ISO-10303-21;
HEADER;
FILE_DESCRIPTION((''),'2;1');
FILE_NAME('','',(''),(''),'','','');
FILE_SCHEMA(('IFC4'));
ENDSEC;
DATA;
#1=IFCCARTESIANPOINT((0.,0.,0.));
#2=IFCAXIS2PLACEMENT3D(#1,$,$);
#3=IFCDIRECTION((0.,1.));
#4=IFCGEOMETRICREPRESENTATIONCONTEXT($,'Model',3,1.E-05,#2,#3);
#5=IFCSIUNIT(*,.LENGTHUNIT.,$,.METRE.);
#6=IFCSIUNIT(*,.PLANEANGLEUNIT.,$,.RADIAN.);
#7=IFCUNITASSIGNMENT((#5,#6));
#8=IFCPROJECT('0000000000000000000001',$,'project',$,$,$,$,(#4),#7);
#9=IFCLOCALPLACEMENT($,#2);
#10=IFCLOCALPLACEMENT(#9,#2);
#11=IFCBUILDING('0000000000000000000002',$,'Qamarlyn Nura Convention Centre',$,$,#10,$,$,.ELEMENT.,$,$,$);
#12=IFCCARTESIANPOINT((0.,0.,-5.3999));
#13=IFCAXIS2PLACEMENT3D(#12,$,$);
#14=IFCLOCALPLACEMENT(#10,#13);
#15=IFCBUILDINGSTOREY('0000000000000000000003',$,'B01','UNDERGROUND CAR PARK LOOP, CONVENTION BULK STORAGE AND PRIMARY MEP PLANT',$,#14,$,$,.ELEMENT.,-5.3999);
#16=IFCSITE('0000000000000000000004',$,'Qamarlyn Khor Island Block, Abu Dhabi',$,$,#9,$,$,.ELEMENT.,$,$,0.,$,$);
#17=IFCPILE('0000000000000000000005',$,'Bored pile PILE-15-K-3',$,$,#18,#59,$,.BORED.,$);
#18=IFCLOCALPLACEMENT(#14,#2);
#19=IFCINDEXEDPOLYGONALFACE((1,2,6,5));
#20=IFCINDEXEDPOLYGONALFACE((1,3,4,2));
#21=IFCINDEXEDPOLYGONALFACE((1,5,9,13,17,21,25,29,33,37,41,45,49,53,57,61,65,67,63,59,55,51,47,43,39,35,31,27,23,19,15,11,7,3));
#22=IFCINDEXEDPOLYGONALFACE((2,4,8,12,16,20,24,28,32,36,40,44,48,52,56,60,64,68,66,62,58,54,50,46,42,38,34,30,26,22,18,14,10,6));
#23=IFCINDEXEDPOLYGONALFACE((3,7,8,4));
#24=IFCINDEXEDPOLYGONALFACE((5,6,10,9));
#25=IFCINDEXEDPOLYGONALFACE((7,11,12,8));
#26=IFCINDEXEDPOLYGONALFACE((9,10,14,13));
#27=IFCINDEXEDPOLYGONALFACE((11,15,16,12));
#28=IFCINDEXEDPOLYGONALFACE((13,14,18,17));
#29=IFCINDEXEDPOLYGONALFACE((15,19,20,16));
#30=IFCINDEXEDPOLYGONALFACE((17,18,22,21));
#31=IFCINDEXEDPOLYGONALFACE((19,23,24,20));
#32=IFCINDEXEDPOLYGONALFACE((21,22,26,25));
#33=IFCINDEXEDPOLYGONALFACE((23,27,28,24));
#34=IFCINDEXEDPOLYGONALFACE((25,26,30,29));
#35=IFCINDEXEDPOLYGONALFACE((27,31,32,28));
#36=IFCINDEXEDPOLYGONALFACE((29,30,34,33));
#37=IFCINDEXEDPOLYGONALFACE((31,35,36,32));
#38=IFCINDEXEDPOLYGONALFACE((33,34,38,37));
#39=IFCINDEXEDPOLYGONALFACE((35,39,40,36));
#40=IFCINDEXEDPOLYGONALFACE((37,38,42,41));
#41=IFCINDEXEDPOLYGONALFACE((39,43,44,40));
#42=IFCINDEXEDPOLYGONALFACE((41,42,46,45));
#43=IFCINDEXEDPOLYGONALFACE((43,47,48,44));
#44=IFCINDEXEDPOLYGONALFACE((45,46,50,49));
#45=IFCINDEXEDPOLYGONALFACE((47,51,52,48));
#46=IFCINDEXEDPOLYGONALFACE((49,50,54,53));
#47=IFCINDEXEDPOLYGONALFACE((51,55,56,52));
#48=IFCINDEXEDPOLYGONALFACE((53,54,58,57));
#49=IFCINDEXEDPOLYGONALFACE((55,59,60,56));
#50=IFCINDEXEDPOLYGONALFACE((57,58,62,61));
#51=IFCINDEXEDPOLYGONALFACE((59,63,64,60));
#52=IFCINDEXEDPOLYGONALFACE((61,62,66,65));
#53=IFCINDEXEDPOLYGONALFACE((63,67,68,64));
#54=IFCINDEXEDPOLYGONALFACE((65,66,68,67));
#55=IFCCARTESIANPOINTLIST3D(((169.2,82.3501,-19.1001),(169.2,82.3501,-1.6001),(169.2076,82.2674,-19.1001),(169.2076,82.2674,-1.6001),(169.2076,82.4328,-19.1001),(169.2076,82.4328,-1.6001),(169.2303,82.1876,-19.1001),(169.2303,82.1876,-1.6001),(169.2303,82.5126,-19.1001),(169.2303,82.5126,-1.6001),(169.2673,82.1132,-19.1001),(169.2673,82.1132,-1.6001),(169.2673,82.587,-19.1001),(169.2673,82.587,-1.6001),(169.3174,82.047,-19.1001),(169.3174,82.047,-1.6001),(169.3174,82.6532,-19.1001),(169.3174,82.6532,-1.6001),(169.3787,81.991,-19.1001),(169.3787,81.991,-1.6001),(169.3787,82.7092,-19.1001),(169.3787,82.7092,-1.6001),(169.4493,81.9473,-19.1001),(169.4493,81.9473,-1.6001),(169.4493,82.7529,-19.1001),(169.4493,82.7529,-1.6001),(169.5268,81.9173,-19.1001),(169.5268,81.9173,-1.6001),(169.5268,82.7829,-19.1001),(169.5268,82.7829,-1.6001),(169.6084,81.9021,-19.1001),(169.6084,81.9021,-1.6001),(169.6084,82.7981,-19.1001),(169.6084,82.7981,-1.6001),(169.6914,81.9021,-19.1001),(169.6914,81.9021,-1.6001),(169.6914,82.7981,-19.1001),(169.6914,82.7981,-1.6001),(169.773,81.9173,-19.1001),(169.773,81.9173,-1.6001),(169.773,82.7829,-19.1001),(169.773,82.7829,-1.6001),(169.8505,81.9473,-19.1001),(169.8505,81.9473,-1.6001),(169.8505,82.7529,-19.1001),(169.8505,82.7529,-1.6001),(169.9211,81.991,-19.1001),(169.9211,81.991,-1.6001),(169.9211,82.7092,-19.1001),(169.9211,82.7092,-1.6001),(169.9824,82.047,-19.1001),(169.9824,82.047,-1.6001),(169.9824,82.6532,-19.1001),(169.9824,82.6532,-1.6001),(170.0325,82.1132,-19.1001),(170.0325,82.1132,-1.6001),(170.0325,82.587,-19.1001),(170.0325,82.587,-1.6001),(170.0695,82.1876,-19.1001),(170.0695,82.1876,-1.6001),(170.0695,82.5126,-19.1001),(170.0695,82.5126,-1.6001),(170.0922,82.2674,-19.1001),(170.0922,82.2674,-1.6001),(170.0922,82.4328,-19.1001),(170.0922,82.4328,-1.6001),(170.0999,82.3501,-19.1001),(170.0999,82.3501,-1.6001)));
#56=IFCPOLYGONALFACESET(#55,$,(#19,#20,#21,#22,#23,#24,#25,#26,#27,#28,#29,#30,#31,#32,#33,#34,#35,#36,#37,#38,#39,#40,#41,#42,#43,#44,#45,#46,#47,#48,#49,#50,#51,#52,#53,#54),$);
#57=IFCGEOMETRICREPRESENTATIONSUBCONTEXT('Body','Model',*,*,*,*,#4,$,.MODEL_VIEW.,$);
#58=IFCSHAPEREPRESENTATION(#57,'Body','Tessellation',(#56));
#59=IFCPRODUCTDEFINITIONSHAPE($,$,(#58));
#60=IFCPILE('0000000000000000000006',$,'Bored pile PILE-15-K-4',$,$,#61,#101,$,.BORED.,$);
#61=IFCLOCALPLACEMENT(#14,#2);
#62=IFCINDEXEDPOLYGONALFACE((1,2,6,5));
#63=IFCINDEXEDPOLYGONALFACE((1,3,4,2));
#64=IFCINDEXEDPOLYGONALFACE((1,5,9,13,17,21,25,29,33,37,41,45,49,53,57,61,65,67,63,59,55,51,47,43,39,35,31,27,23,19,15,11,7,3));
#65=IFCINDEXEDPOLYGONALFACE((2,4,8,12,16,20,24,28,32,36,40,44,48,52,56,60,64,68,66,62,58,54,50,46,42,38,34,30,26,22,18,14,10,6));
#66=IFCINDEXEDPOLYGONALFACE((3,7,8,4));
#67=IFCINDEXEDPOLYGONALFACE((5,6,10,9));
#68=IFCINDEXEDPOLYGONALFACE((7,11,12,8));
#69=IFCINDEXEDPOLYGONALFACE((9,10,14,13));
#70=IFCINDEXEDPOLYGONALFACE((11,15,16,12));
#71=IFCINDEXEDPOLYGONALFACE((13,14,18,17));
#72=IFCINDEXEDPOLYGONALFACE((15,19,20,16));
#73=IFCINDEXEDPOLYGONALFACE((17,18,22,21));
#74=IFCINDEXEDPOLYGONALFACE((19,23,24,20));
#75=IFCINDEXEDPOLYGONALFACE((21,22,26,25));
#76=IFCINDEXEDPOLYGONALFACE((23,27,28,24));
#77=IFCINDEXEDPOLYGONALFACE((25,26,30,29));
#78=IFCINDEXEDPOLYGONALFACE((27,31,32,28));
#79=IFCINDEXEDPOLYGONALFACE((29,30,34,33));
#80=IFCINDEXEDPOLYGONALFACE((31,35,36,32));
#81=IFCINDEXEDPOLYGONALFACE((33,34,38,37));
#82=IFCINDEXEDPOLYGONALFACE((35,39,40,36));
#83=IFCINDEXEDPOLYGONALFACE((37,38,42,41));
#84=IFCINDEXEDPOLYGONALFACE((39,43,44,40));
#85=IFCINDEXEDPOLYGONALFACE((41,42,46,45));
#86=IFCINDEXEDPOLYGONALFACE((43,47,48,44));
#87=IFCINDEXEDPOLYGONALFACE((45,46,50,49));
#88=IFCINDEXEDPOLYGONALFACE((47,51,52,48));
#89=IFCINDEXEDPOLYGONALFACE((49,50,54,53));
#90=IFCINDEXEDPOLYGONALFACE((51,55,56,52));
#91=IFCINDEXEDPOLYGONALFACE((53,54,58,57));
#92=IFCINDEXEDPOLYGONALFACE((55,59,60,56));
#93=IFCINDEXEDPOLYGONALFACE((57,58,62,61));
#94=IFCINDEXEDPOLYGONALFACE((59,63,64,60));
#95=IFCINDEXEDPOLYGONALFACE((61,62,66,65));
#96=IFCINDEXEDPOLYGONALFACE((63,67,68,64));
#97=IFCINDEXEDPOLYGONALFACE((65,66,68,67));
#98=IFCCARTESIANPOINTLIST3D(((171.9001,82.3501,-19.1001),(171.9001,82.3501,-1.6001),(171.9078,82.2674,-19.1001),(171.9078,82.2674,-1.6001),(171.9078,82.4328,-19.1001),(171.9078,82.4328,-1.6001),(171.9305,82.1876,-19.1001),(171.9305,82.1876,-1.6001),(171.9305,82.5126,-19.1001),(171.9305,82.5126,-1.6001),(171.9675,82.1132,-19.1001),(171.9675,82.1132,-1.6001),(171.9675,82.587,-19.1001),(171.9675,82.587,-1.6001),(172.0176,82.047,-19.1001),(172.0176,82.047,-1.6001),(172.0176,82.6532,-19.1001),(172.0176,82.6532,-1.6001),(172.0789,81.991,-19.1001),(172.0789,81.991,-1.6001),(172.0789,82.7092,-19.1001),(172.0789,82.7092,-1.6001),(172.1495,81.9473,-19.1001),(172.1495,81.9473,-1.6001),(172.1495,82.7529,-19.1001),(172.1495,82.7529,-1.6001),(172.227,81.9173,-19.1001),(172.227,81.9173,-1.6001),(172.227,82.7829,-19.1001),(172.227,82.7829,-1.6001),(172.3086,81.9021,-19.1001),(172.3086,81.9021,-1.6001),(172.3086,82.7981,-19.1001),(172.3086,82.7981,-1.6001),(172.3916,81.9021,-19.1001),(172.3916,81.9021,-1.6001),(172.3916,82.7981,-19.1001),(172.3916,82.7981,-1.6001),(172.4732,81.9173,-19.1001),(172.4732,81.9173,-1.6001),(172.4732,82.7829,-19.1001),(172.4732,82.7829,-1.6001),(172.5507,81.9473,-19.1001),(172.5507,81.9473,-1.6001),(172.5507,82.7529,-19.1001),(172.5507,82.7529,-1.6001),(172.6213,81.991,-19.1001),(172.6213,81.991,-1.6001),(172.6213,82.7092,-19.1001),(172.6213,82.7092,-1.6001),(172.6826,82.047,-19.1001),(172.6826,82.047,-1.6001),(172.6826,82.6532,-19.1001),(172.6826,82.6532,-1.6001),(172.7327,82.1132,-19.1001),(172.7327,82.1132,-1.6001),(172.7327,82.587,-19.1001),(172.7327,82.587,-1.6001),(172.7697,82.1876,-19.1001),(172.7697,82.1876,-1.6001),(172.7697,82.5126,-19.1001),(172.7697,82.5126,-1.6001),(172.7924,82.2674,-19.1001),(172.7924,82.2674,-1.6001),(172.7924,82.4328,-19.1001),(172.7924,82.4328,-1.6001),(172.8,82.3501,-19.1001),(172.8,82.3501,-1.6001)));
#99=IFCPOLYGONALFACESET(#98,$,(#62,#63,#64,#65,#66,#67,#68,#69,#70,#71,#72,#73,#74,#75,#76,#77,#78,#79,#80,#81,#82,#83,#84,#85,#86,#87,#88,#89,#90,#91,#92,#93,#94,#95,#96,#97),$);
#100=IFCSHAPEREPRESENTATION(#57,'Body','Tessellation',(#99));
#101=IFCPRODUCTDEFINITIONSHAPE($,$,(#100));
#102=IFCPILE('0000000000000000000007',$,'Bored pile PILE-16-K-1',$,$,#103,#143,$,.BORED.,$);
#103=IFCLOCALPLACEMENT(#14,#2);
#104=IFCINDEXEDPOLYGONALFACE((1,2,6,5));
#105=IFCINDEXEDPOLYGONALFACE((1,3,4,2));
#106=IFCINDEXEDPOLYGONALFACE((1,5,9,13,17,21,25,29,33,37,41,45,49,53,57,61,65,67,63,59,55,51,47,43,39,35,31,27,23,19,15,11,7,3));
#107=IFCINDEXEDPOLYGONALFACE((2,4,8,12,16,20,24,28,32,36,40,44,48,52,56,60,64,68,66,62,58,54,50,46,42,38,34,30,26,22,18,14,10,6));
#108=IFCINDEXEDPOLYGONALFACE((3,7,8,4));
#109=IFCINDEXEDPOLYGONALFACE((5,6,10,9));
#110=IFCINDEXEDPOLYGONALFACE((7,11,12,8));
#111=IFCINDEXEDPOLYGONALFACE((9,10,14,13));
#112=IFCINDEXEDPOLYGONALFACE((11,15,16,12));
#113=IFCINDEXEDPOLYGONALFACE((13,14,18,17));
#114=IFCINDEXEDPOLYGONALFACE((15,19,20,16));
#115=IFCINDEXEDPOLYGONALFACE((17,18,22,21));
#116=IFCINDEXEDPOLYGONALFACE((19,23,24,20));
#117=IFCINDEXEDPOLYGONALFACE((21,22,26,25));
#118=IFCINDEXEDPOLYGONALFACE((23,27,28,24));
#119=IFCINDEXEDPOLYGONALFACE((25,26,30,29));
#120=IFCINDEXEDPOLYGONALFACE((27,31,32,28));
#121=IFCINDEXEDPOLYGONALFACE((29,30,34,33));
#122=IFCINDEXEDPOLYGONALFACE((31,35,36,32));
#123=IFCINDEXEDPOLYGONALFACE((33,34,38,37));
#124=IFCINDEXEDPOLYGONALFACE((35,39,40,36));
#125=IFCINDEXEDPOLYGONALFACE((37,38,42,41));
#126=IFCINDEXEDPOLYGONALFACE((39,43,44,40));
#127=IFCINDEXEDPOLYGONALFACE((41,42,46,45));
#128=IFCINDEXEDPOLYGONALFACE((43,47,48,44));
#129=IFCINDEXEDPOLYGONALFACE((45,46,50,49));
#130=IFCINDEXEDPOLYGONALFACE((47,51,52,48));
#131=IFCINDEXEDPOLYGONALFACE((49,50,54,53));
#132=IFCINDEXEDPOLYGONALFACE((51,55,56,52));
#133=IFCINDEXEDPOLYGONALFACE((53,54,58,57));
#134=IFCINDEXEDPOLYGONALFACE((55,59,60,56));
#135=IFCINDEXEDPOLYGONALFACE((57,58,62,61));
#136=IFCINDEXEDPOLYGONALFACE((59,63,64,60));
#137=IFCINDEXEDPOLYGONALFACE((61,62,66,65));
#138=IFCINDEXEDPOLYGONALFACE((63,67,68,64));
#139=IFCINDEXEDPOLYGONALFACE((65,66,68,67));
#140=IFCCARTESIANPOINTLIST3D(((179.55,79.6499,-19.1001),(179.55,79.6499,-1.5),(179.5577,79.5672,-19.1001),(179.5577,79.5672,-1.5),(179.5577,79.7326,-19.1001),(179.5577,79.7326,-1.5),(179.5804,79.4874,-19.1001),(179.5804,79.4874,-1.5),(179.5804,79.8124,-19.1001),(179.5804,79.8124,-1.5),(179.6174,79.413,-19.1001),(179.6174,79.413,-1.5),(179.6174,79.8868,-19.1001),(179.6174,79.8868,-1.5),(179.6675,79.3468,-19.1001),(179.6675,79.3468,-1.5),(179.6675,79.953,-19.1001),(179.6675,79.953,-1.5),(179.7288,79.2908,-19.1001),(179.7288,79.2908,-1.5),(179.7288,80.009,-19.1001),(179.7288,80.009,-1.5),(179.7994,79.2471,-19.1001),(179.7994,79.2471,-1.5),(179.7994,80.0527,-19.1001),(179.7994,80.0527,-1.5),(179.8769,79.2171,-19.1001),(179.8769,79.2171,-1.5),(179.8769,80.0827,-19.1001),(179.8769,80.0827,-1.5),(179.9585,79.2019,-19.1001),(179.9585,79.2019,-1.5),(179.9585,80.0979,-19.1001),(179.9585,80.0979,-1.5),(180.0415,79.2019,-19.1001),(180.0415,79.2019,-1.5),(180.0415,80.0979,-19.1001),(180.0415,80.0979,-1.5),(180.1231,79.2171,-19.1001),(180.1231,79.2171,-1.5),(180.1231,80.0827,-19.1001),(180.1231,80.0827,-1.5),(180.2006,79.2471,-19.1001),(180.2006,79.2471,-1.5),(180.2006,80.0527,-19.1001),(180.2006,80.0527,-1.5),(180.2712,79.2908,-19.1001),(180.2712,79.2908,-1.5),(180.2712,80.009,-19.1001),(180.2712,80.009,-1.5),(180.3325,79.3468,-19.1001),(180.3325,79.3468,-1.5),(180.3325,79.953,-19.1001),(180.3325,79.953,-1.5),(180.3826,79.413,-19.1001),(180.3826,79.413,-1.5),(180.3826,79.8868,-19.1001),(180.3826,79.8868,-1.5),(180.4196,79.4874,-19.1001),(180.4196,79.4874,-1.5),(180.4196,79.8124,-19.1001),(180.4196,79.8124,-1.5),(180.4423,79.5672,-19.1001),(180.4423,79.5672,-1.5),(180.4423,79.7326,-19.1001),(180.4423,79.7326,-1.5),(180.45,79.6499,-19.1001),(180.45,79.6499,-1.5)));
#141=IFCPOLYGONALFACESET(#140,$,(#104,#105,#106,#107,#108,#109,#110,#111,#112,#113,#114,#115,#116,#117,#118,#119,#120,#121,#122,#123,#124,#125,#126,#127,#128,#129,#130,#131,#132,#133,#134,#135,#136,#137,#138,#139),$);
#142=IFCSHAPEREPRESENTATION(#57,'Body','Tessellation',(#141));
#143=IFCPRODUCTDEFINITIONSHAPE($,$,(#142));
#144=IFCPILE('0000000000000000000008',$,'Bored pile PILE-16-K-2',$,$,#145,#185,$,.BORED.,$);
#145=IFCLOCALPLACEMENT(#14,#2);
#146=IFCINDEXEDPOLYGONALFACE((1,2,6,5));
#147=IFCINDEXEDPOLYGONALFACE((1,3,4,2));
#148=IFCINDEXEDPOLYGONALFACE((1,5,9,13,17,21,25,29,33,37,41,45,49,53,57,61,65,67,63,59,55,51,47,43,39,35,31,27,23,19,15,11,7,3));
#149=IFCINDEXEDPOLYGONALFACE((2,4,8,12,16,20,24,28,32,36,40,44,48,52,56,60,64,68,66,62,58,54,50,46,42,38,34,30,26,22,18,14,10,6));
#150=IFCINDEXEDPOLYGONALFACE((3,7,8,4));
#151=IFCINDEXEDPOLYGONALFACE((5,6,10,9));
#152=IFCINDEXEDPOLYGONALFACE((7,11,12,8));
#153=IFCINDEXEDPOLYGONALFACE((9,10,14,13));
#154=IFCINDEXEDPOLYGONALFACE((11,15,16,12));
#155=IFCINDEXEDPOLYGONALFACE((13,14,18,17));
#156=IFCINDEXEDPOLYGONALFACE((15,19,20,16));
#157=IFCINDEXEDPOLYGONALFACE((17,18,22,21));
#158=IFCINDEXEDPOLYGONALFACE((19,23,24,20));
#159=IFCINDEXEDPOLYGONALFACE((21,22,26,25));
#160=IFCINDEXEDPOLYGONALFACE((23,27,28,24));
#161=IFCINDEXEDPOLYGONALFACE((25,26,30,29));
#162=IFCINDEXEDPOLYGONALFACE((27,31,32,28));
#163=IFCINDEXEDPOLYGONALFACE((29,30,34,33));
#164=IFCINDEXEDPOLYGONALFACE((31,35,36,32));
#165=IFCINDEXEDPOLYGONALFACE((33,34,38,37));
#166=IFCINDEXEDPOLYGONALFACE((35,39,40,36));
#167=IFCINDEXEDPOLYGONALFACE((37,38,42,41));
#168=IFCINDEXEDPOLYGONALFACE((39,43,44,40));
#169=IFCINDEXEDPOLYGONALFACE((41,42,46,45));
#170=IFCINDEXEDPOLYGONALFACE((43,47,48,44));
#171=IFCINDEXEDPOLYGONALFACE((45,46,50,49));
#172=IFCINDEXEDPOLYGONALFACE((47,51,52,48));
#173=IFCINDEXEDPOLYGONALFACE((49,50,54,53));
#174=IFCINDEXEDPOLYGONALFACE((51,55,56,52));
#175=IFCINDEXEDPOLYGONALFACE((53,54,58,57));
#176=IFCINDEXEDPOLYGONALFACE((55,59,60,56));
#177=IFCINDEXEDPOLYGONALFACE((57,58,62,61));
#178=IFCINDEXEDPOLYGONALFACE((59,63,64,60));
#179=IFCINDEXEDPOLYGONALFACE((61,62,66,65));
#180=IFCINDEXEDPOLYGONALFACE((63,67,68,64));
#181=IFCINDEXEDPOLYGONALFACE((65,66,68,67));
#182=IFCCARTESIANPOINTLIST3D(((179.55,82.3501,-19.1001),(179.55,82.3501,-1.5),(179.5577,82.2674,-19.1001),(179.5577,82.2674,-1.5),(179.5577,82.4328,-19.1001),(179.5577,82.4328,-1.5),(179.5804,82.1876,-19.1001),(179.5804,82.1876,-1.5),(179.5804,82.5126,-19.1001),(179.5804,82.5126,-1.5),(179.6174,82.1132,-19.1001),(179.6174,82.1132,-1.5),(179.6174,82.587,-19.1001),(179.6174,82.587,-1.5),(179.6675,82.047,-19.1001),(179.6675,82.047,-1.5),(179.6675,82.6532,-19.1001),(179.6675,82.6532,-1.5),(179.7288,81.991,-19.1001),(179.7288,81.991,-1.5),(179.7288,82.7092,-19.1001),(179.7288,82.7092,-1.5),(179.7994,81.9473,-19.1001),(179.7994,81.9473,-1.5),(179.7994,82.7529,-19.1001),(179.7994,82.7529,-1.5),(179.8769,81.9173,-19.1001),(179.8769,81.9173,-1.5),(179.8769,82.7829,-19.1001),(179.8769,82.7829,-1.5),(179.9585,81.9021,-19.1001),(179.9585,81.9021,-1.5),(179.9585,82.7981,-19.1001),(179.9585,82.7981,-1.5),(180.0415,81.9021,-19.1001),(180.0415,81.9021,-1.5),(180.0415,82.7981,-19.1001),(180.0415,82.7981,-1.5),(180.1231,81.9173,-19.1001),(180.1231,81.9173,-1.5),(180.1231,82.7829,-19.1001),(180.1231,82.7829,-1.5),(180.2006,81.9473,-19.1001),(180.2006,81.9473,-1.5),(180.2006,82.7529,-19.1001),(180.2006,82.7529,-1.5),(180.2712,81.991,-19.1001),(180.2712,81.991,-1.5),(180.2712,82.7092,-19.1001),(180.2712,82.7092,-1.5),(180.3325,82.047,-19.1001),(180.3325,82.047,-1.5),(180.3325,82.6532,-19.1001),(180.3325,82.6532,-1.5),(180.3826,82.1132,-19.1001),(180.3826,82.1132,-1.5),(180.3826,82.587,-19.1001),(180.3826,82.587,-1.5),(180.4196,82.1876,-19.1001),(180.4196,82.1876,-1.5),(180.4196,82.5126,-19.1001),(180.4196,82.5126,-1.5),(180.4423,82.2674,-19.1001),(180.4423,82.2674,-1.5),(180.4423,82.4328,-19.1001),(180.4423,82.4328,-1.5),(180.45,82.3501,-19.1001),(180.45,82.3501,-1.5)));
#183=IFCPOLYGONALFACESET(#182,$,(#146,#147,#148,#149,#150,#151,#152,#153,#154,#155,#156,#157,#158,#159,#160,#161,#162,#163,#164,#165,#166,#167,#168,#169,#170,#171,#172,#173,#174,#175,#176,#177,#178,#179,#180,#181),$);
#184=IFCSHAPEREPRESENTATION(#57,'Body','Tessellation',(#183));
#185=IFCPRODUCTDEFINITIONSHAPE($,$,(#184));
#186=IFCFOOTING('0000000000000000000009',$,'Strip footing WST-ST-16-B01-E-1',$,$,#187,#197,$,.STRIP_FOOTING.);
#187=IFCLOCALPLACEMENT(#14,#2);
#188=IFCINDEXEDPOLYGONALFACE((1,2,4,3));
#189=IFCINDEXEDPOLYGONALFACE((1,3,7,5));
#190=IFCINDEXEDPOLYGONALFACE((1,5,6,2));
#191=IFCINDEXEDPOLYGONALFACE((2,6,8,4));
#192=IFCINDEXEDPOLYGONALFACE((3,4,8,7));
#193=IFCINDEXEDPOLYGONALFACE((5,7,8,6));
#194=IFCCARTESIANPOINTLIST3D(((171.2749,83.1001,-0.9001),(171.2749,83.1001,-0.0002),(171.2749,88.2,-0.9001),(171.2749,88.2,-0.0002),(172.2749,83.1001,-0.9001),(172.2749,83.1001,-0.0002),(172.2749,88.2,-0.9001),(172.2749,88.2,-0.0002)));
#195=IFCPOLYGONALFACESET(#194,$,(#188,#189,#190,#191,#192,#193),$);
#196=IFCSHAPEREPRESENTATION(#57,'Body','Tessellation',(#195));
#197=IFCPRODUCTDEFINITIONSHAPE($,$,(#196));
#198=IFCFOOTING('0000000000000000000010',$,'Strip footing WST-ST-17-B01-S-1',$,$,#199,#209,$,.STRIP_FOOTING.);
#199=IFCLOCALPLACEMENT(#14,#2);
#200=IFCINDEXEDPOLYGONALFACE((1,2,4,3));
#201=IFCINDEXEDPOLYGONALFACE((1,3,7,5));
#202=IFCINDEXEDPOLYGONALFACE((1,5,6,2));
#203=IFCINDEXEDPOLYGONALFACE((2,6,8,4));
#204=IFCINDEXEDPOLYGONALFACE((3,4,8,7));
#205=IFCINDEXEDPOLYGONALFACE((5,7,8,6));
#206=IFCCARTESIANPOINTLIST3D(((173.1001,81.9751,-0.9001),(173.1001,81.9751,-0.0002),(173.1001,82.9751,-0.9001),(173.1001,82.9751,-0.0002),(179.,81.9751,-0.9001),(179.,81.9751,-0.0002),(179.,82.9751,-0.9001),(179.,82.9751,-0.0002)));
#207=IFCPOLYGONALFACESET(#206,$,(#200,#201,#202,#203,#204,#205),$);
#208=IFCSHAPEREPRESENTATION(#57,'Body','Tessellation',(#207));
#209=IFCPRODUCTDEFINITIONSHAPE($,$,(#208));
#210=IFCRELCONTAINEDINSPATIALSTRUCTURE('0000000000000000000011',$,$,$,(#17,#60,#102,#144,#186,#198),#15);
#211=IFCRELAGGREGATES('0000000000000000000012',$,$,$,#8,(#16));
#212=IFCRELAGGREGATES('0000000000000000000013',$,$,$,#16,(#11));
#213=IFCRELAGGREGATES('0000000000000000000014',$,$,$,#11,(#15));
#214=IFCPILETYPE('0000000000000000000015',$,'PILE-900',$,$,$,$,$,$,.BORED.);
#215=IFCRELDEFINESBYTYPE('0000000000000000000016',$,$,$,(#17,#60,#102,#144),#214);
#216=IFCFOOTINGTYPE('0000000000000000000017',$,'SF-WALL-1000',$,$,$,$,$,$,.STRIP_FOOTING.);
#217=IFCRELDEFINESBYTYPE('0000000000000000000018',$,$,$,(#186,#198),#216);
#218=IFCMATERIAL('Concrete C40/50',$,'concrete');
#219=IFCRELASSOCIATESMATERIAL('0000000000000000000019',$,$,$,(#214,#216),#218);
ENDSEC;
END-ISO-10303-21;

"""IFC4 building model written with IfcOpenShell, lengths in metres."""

from ifc_helpers import new_model, si_unit, direction, frame, origin, origin_2d, place, context, subcontext, project, spatial, rectangle, circle, extrude, material, material_profile, profile_set, type_object, element, save


model = new_model("IFC4")

# Units and contexts
model_context = context("Model", 3, precision=1e-05, world=origin(), true_north=direction((0.0, 1.0)))
body_context = subcontext(model_context, "Body", "Model", "MODEL_VIEW")
ifc_project = project(units=[si_unit("LENGTHUNIT", "METRE"), si_unit("PLANEANGLEUNIT", "RADIAN")], contexts=[model_context])

# Site, building, storey
site_placement = place(None, origin())
site = spatial("IfcSite", under=ifc_project, at=site_placement, Name="Qamarlyn Khor Island Block, Abu Dhabi", CompositionType="ELEMENT", RefElevation=0.0)
building_placement = place(site_placement, origin())
building = spatial("IfcBuilding", under=site, at=building_placement, Name="Qamarlyn Nura Convention Centre", CompositionType="ELEMENT")
storey_placement = place(building_placement, frame((0.0, 0.0, -5.3999)))
storey = spatial("IfcBuildingStorey", under=building, at=storey_placement, Name="B01", Description="UNDERGROUND CAR PARK LOOP, CONVENTION BULK STORAGE AND PRIMARY MEP PLANT", CompositionType="ELEMENT", Elevation=-5.3999)

# Shared definitions
ifc_material_1 = material(Name="Concrete C40/50", Category="concrete")

# Piles
ifc_material_profile_1 = material_profile(ifc_material_1, circle(Radius=0.45, at=origin_2d()), Name="BORED PILE 900")
ifc_profile_set_1 = profile_set([ifc_material_profile_1], Name="Concrete C40/50")
pile_type = type_object("IfcPileType", Name="PILE-900", PredefinedType="BORED", material=ifc_profile_set_1)
for number, where, z_axis, x_axis, name in (
    (1, (169.6499, 82.3501, -1.6001), (0.0, 0.0, -1.0), (1.0, 0.0, 0.0), "Bored pile PILE-15-K-3"),
    (2, (172.3501, 82.3501, -1.6001), (0.0, 0.0, -1.0), (1.0, 0.0, 0.0), "Bored pile PILE-15-K-4"),
):
    element("IfcPile", number, at=place(storey_placement, frame(where, z_axis=z_axis, x_axis=x_axis)), inside=storey, type_object=pile_type, Name=name, PredefinedType="BORED", context=body_context, shape_type="SweptSolid", body=[
        extrude(circle(Radius=0.45, at=origin_2d()), origin(), (0.0, 0.0, 1.0), 17.5),
    ])
for number, where, z_axis, x_axis, name in (
    (3, (180.0, 79.6499, -1.5), (0.0, 0.0, -1.0), (1.0, 0.0, 0.0), "Bored pile PILE-16-K-1"),
    (4, (180.0, 82.3501, -1.5), (0.0, 0.0, -1.0), (1.0, 0.0, 0.0), "Bored pile PILE-16-K-2"),
):
    element("IfcPile", number, at=place(storey_placement, frame(where, z_axis=z_axis, x_axis=x_axis)), inside=storey, type_object=pile_type, Name=name, PredefinedType="BORED", context=body_context, shape_type="SweptSolid", body=[
        extrude(circle(Radius=0.45, at=origin_2d()), origin(), (0.0, 0.0, 1.0), 17.6001),
    ])

# Footings
ifc_material_profile_2 = material_profile(ifc_material_1, rectangle(XDim=1.0, YDim=0.8999, at=origin_2d()), Name="RC STRIP 1000x900")
ifc_profile_set_2 = profile_set([ifc_material_profile_2], Name="Concrete C40/50")
footing_type_1 = type_object("IfcFootingType", Name="SF-WALL-1000", PredefinedType="STRIP_FOOTING", material=ifc_profile_set_2)
footing_1_placement = place(storey_placement, frame((171.7749, 83.1001, -0.4502), z_axis=(0.0, 1.0, 0.0), x_axis=(-1.0, 0.0, 0.0)))
element("IfcFooting", 5, at=footing_1_placement, inside=storey, type_object=footing_type_1, Name="Strip footing WST-ST-16-B01-E-1", PredefinedType="STRIP_FOOTING", context=body_context, shape_type="SweptSolid", body=[
    extrude(rectangle(XDim=1.0, YDim=0.8999, at=origin_2d()), origin(), (0.0, 0.0, 1.0), 5.0999),
])
footing_2_placement = place(storey_placement, frame((173.1001, 82.4751, -0.4502), z_axis=(1.0, 0.0, 0.0), x_axis=(0.0, 1.0, 0.0)))
element("IfcFooting", 6, at=footing_2_placement, inside=storey, type_object=footing_type_1, Name="Strip footing WST-ST-17-B01-S-1", PredefinedType="STRIP_FOOTING", context=body_context, shape_type="SweptSolid", body=[
    extrude(rectangle(XDim=1.0, YDim=0.8999, at=origin_2d()), origin(), (0.0, 0.0, 1.0), 5.8999),
])

save(model, "model.ifc")
